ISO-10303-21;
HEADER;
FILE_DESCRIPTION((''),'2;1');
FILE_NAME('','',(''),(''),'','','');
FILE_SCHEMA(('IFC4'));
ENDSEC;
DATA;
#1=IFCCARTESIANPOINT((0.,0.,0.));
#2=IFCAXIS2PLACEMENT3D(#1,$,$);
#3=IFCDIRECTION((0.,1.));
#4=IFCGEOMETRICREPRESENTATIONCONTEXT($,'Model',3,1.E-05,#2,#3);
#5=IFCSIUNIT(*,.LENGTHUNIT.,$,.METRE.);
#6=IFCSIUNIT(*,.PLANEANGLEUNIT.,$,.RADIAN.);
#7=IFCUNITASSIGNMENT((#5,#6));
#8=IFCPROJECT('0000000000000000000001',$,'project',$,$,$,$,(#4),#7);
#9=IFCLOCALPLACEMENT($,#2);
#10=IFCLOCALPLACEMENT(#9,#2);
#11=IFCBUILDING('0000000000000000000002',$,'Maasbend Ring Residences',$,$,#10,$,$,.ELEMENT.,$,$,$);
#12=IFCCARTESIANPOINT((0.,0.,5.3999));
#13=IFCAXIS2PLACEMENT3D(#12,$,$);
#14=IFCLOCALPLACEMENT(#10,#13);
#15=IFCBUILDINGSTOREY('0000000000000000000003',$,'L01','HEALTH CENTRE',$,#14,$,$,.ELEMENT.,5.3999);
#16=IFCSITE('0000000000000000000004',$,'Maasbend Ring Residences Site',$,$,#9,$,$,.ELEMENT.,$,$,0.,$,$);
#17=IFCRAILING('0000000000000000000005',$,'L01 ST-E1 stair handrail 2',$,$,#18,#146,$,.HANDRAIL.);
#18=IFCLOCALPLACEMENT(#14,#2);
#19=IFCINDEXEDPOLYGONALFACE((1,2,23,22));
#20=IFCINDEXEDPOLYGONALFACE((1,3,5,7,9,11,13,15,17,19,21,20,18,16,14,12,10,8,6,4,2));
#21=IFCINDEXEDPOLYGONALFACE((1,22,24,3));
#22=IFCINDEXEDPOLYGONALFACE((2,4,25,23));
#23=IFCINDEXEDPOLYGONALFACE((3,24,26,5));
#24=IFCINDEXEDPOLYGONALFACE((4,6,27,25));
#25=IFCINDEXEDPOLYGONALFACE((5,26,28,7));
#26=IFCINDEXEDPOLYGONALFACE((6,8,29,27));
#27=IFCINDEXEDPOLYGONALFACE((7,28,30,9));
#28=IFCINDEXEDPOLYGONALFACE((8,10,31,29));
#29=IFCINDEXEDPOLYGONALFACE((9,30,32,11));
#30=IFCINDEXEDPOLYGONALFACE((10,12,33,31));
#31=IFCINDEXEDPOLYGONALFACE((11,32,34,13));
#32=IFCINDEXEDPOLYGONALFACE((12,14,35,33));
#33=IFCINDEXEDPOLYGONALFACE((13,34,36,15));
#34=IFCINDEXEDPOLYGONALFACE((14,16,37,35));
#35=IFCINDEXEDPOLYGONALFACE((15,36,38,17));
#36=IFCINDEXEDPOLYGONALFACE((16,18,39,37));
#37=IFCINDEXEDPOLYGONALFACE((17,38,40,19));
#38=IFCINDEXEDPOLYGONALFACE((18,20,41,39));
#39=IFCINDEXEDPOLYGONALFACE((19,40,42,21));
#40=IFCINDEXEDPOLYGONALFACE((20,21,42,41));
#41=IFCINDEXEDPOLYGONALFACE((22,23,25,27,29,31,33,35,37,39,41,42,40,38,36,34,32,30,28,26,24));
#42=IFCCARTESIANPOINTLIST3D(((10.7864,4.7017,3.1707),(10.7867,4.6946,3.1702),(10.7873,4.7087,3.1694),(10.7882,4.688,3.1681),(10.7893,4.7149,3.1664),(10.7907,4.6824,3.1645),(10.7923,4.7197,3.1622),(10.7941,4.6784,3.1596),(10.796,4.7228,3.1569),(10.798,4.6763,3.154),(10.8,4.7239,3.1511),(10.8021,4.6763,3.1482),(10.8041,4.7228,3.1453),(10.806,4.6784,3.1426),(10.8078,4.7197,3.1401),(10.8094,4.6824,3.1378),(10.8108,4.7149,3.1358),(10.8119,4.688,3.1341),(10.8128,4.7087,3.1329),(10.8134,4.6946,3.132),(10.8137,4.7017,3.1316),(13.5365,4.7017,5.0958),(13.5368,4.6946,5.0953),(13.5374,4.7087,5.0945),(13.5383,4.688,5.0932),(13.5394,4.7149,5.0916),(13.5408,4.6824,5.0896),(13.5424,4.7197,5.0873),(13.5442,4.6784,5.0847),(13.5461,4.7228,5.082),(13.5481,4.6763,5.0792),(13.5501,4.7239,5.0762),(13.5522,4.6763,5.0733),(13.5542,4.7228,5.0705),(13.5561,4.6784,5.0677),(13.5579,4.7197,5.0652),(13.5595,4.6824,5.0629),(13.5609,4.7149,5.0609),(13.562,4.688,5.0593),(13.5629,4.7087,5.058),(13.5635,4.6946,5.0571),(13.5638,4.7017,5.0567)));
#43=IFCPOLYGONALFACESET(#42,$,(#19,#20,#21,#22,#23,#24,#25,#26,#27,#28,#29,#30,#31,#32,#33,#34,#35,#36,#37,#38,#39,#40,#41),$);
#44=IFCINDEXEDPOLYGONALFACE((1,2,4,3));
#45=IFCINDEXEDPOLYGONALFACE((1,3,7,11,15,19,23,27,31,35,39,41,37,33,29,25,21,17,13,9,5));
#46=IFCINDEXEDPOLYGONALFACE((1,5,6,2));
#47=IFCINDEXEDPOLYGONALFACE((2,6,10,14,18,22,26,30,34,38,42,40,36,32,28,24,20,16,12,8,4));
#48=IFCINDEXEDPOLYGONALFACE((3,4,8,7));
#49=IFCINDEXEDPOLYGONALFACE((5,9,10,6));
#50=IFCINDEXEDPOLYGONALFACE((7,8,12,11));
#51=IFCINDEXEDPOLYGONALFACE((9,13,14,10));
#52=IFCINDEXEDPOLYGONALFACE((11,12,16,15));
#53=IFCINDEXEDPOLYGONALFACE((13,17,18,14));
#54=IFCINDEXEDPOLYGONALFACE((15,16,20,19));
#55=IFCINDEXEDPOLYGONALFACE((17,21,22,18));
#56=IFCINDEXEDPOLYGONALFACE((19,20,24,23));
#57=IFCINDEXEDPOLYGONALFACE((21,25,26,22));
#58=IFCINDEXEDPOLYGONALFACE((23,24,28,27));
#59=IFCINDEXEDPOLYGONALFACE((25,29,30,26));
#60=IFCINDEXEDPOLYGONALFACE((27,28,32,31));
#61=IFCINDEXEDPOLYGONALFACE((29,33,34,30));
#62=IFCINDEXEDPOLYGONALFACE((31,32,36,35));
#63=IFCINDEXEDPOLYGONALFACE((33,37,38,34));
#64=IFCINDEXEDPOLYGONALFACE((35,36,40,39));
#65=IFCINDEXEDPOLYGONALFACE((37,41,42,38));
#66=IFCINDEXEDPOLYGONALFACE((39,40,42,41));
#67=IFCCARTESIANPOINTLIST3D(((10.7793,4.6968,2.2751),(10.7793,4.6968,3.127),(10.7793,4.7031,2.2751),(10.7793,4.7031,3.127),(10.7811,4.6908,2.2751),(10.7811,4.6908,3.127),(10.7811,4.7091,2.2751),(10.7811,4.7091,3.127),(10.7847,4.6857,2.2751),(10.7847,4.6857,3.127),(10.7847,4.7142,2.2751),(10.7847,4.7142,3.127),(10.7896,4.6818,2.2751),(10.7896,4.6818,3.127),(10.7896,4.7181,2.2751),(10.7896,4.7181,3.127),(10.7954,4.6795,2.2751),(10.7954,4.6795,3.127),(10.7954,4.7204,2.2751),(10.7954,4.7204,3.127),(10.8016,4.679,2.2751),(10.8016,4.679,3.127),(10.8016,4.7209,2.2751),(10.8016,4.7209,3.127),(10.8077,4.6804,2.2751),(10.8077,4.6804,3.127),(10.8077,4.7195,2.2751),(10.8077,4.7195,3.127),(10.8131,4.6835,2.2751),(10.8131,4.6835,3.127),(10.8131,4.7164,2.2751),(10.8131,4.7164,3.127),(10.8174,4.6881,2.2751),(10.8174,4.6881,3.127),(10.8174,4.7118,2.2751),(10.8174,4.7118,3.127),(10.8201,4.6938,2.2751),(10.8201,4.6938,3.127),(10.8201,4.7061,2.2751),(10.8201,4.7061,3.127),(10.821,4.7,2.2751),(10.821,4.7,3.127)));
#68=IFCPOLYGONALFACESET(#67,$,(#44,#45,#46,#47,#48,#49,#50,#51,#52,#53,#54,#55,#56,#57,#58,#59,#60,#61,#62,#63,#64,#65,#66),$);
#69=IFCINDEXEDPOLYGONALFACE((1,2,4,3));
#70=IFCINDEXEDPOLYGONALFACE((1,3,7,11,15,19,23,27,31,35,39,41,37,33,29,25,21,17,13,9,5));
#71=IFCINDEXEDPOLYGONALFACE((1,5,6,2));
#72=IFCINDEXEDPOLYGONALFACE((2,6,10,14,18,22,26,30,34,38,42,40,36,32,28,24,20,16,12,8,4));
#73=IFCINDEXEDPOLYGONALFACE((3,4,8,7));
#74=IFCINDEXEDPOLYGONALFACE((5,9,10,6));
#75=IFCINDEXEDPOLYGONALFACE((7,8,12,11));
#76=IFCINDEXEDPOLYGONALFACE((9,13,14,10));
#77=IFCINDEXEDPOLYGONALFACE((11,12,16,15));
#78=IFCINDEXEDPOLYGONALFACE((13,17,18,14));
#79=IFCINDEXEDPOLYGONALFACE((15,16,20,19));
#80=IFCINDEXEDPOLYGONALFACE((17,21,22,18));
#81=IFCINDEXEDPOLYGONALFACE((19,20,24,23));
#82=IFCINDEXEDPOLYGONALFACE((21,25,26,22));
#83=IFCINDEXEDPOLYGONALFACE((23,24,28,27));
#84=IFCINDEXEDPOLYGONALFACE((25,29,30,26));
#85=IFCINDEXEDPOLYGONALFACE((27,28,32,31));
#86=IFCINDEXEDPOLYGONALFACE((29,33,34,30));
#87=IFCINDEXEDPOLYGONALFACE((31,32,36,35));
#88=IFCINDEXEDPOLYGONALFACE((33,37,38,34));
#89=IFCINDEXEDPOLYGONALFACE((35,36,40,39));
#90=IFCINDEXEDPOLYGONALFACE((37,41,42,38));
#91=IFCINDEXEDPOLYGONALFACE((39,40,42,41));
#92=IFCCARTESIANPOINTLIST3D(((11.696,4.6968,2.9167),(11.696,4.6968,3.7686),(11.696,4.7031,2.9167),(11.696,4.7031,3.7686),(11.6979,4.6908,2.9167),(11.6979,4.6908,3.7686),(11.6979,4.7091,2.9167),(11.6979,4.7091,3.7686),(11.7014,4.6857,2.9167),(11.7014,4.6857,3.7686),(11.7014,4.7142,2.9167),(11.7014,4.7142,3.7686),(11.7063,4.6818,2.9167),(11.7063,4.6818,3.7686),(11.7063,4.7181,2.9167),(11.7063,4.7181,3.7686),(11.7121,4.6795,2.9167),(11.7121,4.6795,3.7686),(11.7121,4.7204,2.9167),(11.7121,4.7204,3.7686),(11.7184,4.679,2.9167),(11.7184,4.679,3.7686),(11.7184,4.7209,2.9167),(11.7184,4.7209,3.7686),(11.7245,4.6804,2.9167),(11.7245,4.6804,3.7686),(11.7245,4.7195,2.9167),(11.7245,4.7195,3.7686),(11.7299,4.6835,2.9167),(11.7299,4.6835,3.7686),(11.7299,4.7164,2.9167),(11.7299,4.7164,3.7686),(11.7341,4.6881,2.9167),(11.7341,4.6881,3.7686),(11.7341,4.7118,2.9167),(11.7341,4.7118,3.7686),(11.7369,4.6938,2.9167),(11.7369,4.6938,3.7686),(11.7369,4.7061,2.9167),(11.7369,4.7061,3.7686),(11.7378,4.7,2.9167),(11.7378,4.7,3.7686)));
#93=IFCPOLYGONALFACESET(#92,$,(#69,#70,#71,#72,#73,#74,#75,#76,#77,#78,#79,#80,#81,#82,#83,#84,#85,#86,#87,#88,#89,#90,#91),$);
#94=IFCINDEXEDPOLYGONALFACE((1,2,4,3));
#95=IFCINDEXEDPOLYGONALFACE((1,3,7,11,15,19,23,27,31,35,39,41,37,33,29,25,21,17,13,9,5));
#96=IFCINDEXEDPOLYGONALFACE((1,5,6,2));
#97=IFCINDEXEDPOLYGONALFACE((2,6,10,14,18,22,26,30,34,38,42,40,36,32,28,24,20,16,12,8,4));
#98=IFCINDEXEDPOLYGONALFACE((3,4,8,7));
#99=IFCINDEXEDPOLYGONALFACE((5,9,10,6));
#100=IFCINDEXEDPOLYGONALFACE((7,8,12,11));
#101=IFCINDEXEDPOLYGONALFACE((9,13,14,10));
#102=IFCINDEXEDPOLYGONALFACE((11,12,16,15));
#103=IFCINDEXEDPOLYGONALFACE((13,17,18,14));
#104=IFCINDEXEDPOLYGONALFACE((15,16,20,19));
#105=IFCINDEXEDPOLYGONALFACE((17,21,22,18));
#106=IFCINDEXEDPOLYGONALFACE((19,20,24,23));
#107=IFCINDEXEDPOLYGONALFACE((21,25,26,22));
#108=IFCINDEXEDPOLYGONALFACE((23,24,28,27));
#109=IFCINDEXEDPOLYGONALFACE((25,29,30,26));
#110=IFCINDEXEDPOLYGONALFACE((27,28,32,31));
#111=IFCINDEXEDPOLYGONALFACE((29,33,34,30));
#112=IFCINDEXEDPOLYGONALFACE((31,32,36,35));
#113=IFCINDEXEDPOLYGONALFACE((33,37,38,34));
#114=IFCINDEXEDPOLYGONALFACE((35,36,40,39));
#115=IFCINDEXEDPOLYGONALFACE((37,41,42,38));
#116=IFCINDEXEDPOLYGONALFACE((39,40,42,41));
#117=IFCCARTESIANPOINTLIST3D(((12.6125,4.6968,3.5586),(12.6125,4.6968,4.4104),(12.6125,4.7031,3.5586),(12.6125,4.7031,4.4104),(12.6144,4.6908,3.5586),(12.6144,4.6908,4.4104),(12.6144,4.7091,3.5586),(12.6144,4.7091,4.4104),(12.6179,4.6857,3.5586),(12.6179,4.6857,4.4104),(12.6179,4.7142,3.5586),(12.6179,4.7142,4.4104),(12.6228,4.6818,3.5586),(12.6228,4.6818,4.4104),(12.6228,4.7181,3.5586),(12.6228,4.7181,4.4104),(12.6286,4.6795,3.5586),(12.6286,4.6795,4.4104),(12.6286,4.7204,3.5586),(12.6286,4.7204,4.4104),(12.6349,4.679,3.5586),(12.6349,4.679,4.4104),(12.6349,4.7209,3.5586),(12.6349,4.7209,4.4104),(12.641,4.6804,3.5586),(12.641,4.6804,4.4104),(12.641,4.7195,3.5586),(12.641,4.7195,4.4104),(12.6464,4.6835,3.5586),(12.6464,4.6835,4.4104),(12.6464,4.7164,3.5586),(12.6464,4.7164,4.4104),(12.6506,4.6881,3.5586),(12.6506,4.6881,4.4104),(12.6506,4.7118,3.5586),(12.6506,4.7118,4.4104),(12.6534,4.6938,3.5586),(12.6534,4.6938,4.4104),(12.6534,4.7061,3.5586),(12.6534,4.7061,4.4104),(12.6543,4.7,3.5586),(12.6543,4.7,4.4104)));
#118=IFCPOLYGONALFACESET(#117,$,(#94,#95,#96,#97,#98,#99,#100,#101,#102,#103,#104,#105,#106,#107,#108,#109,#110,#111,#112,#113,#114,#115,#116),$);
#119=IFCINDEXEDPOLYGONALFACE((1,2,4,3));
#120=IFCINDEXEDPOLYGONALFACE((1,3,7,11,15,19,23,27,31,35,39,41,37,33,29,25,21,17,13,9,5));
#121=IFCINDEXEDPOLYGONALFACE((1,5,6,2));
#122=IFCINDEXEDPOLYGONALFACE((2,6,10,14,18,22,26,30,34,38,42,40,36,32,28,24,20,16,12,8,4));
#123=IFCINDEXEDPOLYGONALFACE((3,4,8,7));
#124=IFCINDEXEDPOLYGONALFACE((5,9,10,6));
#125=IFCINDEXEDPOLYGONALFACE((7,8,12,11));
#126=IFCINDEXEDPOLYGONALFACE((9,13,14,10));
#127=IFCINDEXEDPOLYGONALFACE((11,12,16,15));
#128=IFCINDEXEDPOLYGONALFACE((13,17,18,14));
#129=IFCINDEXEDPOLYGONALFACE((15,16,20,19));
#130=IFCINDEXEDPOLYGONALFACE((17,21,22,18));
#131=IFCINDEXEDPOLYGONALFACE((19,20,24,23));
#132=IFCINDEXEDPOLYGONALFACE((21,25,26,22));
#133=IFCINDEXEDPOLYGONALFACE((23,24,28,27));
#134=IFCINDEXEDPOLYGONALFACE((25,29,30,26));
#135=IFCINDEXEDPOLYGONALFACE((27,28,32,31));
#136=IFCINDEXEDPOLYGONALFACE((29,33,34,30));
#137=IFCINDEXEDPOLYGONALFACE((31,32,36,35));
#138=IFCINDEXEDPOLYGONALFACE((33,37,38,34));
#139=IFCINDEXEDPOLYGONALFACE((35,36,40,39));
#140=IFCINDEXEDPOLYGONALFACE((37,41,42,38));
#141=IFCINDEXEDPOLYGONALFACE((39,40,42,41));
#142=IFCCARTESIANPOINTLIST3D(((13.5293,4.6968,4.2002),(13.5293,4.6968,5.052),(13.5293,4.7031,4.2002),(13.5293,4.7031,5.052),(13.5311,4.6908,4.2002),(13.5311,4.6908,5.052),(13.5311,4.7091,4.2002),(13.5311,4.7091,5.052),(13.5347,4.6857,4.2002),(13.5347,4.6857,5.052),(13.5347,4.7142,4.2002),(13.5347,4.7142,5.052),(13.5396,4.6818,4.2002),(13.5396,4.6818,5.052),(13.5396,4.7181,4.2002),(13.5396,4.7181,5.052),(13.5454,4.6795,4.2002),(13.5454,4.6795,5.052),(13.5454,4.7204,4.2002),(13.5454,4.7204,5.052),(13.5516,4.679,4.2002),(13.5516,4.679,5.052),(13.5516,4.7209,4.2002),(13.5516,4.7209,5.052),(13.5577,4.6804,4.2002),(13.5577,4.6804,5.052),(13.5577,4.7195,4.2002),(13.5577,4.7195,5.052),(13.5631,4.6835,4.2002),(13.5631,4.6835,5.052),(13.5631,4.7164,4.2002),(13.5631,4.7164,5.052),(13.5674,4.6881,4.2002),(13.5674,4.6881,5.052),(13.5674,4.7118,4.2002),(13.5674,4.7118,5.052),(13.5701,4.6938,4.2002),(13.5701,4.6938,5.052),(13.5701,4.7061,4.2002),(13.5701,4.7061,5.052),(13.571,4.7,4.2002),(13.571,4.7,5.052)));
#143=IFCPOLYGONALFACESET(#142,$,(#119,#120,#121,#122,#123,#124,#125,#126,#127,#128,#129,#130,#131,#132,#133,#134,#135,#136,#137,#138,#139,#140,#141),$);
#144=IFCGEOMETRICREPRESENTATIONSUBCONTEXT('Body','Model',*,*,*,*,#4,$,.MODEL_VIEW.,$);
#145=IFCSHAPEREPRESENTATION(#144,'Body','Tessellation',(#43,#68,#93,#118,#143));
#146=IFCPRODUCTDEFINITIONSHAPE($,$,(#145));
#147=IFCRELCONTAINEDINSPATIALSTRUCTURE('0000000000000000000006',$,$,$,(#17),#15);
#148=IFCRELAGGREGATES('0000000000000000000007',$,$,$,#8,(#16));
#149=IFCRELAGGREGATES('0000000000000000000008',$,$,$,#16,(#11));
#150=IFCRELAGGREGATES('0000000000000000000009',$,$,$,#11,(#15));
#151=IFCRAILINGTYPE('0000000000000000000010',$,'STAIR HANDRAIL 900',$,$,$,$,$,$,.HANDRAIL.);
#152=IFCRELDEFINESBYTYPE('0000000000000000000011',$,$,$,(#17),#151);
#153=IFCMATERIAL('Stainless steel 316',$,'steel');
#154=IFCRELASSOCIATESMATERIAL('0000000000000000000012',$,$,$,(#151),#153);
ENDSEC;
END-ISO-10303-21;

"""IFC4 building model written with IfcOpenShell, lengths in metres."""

from ifc_helpers import new_model, si_unit, direction, frame, origin, origin_2d, place, context, subcontext, project, spatial, circle, extrude, material, type_object, element, save


model = new_model("IFC4")

# Units and contexts
model_context = context("Model", 3, precision=1e-05, world=origin(), true_north=direction((0.0, 1.0)))
body_context = subcontext(model_context, "Body", "Model", "MODEL_VIEW")
ifc_project = project(units=[si_unit("LENGTHUNIT", "METRE"), si_unit("PLANEANGLEUNIT", "RADIAN")], contexts=[model_context])

# Site, building, storey
site_placement = place(None, origin())
site = spatial("IfcSite", under=ifc_project, at=site_placement, Name="Maasbend Ring Residences Site", CompositionType="ELEMENT", RefElevation=0.0)
building_placement = place(site_placement, origin())
building = spatial("IfcBuilding", under=site, at=building_placement, Name="Maasbend Ring Residences", CompositionType="ELEMENT")
storey_placement = place(building_placement, frame((0.0, 0.0, 5.3999)))
storey = spatial("IfcBuildingStorey", under=building, at=storey_placement, Name="L01", Description="HEALTH CENTRE", CompositionType="ELEMENT", Elevation=5.3999)

# Railing
ifc_material_1 = material(Name="Stainless steel 316", Category="steel")
railing_type = type_object("IfcRailingType", Name="STAIR HANDRAIL 900", PredefinedType="HANDRAIL", material=ifc_material_1)
railing_placement = place(storey_placement, frame((10.8, 4.7, 2.2751)))
element("IfcRailing", 1, at=railing_placement, inside=storey, type_object=railing_type, Name="L01 ST-E1 stair handrail 2", PredefinedType="HANDRAIL", context=body_context, shape_type="SweptSolid", body=[
    extrude(circle(Radius=0.0239, at=origin_2d()), frame((0.0, 0.0, 0.876), z_axis=(0.819225, 0.0, 0.573472), x_axis=(0.0, 1.0, 0.0)), (0.0, 0.0, 1.0), 3.3569),
    extrude(circle(Radius=0.021, at=origin_2d()), origin(), (0.0, 0.0, 1.0), 0.8518),
    extrude(circle(Radius=0.021, at=origin_2d()), frame((0.9167, 0.0, 0.6416)), (0.0, 0.0, 1.0), 0.8518),
    extrude(circle(Radius=0.021, at=origin_2d()), frame((1.8333, 0.0, 1.2834)), (0.0, 0.0, 1.0), 0.8518),
    extrude(circle(Radius=0.021, at=origin_2d()), frame((2.75, 0.0, 1.925)), (0.0, 0.0, 1.0), 0.8518),
])

save(model, "model.ifc")
